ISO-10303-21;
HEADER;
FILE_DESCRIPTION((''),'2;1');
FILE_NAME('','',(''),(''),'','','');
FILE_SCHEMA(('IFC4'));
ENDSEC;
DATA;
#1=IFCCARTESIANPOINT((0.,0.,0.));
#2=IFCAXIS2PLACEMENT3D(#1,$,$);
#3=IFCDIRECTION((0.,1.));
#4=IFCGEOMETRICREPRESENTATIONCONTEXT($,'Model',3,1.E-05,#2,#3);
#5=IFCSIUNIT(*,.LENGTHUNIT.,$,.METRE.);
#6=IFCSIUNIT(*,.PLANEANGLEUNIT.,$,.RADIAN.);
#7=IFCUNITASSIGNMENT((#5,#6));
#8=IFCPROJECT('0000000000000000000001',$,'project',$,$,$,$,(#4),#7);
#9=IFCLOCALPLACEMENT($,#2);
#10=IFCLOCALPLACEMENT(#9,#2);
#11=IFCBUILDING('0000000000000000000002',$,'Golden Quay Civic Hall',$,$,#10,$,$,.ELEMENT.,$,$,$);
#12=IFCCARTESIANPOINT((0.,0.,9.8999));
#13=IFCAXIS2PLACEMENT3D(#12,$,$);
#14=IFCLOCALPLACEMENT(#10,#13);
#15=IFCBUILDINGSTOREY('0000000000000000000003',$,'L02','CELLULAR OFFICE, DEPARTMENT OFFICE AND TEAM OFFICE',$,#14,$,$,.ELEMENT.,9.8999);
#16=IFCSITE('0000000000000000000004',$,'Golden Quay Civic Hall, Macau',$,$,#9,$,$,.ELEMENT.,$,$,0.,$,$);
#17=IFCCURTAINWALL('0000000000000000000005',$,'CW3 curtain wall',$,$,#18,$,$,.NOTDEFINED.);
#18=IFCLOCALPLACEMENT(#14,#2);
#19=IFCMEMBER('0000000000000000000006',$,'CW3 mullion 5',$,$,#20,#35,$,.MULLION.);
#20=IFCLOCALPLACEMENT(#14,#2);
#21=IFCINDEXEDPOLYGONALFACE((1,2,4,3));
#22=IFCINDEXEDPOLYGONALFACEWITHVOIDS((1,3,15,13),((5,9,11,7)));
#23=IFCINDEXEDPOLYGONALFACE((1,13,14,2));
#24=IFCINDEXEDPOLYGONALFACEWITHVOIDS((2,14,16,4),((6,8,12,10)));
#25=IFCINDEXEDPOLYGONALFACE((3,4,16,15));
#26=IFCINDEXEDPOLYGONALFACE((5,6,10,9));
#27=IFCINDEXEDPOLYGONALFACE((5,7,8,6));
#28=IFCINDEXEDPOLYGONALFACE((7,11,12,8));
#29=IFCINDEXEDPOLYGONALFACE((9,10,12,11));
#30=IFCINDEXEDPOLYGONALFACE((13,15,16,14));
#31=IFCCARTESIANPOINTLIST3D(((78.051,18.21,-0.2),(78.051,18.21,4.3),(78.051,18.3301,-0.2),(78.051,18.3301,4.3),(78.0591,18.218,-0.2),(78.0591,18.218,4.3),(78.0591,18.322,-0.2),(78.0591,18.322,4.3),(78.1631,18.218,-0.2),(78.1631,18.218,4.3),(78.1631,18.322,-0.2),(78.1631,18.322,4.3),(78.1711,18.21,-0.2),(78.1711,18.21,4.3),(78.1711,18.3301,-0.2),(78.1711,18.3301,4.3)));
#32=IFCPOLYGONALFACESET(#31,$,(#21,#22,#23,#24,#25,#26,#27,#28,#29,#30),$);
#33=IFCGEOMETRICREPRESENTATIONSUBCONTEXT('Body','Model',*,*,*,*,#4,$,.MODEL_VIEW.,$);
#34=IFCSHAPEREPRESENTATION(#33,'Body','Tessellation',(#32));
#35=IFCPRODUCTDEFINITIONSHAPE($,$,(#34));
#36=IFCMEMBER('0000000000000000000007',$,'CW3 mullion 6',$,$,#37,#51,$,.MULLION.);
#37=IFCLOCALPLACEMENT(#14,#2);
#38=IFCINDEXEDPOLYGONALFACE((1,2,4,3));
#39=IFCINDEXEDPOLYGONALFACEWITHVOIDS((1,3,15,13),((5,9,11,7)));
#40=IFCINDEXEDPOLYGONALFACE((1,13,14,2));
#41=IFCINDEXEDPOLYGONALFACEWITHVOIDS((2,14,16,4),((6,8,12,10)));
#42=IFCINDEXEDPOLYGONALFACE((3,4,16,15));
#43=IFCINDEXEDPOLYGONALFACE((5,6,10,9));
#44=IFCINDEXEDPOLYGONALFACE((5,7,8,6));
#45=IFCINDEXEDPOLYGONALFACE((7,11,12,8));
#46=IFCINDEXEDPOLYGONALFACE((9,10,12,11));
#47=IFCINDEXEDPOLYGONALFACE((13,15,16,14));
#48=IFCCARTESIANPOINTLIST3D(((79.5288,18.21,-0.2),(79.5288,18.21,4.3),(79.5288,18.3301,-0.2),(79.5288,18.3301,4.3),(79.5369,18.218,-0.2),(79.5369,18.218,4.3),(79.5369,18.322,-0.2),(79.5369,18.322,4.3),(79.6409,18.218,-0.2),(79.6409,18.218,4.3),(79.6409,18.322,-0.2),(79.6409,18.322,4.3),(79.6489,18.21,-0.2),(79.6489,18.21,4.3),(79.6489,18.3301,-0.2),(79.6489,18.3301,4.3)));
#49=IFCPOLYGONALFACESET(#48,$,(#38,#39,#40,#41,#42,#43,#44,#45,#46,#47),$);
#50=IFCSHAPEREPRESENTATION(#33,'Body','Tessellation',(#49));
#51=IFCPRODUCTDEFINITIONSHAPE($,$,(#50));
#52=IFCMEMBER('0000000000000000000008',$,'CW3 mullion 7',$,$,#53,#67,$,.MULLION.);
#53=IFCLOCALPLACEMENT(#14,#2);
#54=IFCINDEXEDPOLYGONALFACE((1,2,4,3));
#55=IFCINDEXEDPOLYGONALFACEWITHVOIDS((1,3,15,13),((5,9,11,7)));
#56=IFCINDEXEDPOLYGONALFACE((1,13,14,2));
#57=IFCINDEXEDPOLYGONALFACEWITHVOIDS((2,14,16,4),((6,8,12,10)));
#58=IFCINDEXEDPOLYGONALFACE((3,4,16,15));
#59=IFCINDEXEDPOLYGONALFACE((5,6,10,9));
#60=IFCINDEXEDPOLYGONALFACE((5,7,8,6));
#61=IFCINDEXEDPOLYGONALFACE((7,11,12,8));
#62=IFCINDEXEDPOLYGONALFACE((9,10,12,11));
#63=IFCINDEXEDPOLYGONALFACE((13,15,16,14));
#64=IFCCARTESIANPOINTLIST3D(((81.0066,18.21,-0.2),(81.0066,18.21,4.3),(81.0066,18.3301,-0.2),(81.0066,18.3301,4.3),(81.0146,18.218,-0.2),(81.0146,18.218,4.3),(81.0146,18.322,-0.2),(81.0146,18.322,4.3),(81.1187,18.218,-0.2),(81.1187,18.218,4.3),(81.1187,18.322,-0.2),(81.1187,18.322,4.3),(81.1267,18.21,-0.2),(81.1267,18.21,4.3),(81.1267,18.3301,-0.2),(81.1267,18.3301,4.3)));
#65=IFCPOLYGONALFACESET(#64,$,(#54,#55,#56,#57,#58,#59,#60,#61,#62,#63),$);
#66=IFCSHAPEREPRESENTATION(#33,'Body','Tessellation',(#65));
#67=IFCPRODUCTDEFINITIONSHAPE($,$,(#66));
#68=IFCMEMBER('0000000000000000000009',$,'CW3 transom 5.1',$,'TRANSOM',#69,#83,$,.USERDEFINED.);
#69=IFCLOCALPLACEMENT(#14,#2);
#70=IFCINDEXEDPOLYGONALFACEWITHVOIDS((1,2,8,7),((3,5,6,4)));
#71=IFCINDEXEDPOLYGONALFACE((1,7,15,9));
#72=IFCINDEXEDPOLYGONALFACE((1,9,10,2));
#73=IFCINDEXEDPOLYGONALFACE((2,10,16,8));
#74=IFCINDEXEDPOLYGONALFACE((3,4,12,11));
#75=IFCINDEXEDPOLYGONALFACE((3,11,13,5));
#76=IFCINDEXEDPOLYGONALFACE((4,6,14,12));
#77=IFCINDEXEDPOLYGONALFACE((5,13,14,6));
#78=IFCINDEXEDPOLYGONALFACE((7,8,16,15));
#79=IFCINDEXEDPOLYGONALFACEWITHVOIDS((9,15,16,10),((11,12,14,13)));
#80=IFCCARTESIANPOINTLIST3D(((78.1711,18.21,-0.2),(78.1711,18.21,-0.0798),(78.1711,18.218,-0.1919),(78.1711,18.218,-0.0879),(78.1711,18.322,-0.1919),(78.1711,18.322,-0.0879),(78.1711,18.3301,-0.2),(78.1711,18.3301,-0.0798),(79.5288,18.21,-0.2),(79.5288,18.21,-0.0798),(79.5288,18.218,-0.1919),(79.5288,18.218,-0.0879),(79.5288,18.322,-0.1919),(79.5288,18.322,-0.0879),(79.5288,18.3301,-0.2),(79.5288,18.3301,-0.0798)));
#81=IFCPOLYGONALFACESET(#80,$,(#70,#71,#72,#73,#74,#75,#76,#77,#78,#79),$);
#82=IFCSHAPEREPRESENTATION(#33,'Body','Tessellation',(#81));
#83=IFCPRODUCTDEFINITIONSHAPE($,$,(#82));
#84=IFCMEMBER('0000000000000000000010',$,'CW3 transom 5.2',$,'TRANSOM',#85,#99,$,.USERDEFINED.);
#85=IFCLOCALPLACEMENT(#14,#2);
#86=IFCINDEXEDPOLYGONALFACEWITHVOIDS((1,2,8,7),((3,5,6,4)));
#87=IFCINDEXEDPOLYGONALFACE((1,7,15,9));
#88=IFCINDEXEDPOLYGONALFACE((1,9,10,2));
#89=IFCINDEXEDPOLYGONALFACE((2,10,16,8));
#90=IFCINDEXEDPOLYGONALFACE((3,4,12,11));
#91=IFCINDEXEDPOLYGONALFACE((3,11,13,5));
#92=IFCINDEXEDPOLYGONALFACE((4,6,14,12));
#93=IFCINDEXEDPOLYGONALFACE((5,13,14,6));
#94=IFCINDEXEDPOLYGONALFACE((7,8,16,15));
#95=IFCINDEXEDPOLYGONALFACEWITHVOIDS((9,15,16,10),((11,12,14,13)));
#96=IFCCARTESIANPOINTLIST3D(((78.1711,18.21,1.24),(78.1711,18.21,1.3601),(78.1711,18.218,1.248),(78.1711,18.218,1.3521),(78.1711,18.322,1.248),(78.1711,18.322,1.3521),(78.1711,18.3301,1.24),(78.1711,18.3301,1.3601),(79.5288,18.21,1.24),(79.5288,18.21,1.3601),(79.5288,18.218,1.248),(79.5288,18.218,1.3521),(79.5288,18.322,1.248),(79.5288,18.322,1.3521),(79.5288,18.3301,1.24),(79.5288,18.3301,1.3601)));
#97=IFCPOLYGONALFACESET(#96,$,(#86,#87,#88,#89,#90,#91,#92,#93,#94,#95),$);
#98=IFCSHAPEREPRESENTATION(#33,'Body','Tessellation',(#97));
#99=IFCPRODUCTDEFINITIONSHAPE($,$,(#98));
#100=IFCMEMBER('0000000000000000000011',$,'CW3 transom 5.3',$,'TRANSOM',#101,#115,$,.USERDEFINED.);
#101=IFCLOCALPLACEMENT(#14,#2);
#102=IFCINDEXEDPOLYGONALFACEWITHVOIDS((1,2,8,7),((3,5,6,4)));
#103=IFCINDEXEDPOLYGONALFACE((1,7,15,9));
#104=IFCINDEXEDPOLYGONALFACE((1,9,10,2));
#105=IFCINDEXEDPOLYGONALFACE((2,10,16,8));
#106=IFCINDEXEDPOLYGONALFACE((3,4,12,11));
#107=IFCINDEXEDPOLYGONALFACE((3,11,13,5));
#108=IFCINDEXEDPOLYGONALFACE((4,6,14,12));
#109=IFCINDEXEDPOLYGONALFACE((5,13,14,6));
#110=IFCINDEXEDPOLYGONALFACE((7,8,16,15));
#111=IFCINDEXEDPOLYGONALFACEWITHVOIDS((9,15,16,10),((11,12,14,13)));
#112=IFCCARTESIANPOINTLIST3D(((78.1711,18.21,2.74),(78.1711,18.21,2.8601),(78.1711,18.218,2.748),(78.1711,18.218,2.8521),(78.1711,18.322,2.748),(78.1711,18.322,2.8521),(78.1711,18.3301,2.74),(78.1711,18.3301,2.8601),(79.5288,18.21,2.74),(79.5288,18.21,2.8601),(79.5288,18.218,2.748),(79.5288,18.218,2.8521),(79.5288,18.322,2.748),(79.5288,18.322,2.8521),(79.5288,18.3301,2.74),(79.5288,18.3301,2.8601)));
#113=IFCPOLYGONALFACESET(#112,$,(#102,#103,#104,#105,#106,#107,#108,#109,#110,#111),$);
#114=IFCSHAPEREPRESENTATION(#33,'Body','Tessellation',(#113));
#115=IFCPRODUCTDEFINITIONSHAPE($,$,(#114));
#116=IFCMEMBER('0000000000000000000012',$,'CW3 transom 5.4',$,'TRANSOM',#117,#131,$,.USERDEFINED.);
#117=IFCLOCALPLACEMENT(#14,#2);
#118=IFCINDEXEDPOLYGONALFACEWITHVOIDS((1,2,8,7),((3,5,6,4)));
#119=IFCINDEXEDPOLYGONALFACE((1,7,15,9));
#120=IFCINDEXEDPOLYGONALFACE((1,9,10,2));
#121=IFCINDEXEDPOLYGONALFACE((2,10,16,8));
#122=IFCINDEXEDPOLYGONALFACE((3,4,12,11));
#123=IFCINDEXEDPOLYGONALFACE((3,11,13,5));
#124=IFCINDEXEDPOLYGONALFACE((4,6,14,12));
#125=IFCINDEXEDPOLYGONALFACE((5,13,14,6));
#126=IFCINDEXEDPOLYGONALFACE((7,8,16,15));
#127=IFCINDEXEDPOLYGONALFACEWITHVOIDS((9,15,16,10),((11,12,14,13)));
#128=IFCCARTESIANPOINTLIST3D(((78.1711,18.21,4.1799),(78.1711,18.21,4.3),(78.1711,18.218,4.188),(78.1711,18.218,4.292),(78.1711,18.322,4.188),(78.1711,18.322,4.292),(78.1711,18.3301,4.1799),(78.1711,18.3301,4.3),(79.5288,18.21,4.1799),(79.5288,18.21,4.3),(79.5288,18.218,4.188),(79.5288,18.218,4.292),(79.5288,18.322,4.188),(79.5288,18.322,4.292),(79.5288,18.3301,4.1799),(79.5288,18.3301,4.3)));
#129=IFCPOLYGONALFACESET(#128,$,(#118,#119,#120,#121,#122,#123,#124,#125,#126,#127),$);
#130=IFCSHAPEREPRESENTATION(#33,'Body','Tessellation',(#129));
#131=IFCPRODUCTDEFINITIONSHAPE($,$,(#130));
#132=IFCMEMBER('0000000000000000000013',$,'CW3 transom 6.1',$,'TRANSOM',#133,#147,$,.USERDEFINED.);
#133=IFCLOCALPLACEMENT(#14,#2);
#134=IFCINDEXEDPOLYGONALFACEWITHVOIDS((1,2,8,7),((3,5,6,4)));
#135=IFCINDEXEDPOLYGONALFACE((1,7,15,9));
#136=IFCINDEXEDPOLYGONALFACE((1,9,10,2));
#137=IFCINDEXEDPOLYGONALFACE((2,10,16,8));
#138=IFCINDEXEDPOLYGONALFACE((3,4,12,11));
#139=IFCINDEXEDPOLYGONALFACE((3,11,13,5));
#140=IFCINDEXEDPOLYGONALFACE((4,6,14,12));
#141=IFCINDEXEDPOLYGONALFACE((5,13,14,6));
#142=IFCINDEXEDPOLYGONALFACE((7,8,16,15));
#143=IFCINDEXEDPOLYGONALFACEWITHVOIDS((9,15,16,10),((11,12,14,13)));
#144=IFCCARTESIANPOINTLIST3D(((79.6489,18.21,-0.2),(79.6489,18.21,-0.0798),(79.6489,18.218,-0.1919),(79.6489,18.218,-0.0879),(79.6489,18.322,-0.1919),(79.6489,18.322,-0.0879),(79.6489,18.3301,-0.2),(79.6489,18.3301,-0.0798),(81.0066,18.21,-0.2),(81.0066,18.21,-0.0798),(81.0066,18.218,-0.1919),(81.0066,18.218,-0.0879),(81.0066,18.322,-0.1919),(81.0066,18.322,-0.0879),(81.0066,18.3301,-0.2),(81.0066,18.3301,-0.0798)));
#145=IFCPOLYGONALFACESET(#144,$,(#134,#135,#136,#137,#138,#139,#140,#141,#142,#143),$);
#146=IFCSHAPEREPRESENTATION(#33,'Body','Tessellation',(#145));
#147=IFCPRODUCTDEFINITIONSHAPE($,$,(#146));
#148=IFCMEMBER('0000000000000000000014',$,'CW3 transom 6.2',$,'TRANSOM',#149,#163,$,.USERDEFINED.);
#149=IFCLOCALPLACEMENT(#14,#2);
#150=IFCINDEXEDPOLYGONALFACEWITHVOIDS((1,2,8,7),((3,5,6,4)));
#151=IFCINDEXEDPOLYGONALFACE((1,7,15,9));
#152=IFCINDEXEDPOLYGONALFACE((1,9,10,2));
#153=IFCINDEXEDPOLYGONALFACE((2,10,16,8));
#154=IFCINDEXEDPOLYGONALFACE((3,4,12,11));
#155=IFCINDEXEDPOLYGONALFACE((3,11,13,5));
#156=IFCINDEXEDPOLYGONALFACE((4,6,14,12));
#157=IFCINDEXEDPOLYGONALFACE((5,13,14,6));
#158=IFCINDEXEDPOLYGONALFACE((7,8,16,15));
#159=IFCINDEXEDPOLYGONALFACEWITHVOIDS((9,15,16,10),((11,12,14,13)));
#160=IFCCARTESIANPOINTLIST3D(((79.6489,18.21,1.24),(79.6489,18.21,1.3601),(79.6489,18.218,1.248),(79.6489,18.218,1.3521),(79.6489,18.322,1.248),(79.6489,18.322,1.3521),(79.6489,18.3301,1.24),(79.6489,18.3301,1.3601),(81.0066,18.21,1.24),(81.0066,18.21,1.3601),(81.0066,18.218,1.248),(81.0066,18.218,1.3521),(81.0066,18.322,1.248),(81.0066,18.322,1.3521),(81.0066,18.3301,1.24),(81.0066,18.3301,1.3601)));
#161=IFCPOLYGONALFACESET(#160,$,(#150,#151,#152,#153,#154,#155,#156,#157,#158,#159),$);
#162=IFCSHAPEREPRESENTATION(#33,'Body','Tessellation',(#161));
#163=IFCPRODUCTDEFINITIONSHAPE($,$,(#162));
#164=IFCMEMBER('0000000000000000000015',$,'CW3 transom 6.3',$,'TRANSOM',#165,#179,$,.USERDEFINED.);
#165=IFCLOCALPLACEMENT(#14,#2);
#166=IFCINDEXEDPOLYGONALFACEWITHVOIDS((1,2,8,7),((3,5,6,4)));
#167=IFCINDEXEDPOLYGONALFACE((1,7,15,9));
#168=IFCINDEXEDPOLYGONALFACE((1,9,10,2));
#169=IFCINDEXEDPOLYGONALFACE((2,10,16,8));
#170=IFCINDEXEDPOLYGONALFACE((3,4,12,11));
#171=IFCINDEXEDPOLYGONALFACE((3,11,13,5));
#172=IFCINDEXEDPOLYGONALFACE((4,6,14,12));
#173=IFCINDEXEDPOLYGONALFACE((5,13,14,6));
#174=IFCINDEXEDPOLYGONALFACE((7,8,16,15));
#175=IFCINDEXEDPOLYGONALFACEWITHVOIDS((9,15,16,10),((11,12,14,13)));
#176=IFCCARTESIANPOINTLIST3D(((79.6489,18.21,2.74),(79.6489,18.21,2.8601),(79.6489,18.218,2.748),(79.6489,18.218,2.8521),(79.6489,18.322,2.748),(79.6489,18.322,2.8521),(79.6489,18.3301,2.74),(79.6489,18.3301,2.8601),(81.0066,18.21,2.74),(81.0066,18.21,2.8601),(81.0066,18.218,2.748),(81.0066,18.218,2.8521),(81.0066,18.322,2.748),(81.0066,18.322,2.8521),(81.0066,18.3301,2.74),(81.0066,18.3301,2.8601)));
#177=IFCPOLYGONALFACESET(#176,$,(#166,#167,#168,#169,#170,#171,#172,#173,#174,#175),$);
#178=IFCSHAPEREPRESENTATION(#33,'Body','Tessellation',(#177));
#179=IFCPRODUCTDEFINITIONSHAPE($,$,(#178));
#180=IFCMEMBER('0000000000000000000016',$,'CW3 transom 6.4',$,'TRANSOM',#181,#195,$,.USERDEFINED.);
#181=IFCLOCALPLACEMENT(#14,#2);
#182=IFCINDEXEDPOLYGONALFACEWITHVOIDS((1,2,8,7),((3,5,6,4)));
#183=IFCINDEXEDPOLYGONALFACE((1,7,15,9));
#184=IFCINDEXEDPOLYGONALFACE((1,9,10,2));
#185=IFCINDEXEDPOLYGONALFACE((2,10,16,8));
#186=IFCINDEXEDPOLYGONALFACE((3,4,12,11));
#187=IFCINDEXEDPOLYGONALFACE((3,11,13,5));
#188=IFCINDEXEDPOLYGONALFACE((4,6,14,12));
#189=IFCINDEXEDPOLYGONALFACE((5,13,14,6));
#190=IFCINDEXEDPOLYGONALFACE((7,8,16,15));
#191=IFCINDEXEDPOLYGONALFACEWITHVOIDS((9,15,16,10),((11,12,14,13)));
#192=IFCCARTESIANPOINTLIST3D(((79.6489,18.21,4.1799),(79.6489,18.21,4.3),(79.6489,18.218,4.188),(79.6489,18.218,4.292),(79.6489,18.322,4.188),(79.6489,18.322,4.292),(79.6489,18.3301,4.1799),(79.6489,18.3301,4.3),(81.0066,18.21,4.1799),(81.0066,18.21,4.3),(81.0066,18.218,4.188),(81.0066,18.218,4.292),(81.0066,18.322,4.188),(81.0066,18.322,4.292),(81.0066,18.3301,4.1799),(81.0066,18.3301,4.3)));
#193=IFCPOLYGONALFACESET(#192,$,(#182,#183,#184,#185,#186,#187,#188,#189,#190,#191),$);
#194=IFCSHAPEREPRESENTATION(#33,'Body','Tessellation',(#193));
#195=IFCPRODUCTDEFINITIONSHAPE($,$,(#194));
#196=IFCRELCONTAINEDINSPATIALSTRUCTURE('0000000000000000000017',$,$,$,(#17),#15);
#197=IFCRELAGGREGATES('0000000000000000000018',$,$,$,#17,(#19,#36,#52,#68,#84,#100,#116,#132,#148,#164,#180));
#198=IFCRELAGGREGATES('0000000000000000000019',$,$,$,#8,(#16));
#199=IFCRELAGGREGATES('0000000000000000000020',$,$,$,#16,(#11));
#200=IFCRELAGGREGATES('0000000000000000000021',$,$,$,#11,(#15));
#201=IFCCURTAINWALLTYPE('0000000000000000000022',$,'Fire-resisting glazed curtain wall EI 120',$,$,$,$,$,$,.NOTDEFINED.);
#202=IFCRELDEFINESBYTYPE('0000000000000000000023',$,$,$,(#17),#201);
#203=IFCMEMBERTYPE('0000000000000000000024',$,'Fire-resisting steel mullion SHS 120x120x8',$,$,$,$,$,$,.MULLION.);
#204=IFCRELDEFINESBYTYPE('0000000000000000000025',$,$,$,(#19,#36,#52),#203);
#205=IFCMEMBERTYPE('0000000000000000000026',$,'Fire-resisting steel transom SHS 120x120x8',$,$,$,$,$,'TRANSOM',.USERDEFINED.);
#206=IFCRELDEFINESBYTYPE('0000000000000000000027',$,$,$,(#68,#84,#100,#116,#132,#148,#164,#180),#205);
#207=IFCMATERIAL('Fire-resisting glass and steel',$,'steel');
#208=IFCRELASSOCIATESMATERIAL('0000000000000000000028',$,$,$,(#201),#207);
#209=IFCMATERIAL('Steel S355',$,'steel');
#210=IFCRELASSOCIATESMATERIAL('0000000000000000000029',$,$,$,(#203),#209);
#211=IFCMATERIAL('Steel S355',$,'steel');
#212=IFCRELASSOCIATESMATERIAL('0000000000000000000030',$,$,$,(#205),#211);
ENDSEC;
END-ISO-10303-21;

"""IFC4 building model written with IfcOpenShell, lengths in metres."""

from ifc_helpers import new_model, si_unit, direction, frame, origin, origin_2d, place, context, subcontext, project, spatial, hollow_rectangle, extrude, material, material_profile, profile_set, type_object, element, aggregate, save


model = new_model("IFC4")

# Units and contexts
model_context = context("Model", 3, precision=1e-05, world=origin(), true_north=direction((0.0, 1.0)))
body_context = subcontext(model_context, "Body", "Model", "MODEL_VIEW")
ifc_project = project(units=[si_unit("LENGTHUNIT", "METRE"), si_unit("PLANEANGLEUNIT", "RADIAN")], contexts=[model_context])

# Site, building, storey
site_placement = place(None, origin())
site = spatial("IfcSite", under=ifc_project, at=site_placement, Name="Golden Quay Civic Hall, Macau", CompositionType="ELEMENT", RefElevation=0.0)
building_placement = place(site_placement, origin())
building = spatial("IfcBuilding", under=site, at=building_placement, Name="Golden Quay Civic Hall", CompositionType="ELEMENT")
storey_placement = place(building_placement, frame((0.0, 0.0, 9.8999)))
storey = spatial("IfcBuildingStorey", under=building, at=storey_placement, Name="L02", Description="CELLULAR OFFICE, DEPARTMENT OFFICE AND TEAM OFFICE", CompositionType="ELEMENT", Elevation=9.8999)

# Curtain wall, members
ifc_material_1 = material(Name="Fire-resisting glass and steel", Category="steel")
curtain_wall_type = type_object("IfcCurtainWallType", Name="Fire-resisting glazed curtain wall EI 120", PredefinedType="NOTDEFINED", material=ifc_material_1)
curtain_wall_placement = place(storey_placement, origin())
curtain_wall = element("IfcCurtainWall", 1, at=curtain_wall_placement, inside=storey, type_object=curtain_wall_type, Name="CW3 curtain wall", PredefinedType="NOTDEFINED")
ifc_material_2 = material(Name="Steel S355", Category="steel")
ifc_material_profile_1 = material_profile(ifc_material_2, hollow_rectangle(XDim=0.1201, YDim=0.1201, WallThickness=0.0081, at=origin_2d()), Name="SHS 120x120x8")
ifc_profile_set_1 = profile_set([ifc_material_profile_1], Name="Steel S355")
member_type_1 = type_object("IfcMemberType", Name="Fire-resisting steel mullion SHS 120x120x8", PredefinedType="MULLION", material=ifc_profile_set_1)
member_1_placement = place(storey_placement, frame((78.1111, 18.27, -0.2), z_axis=(0.0, 0.0, 1.0), x_axis=(0.0, 1.0, 0.0)))
member_1 = element("IfcMember", 2, at=member_1_placement, type_object=member_type_1, Name="CW3 mullion 5", PredefinedType="MULLION", context=body_context, shape_type="SweptSolid", body=[
    extrude(hollow_rectangle(XDim=0.1201, YDim=0.1201, WallThickness=0.0081, at=origin_2d()), origin(), (0.0, 0.0, 1.0), 4.5),
])
member_2_placement = place(storey_placement, frame((79.5889, 18.27, -0.2), z_axis=(0.0, 0.0, 1.0), x_axis=(0.0, 1.0, 0.0)))
member_2 = element("IfcMember", 3, at=member_2_placement, type_object=member_type_1, Name="CW3 mullion 6", PredefinedType="MULLION", context=body_context, shape_type="SweptSolid", body=[
    extrude(hollow_rectangle(XDim=0.1201, YDim=0.1201, WallThickness=0.0081, at=origin_2d()), origin(), (0.0, 0.0, 1.0), 4.5),
])
member_3_placement = place(storey_placement, frame((81.0667, 18.27, -0.2), z_axis=(0.0, 0.0, 1.0), x_axis=(0.0, 1.0, 0.0)))
member_3 = element("IfcMember", 4, at=member_3_placement, type_object=member_type_1, Name="CW3 mullion 7", PredefinedType="MULLION", context=body_context, shape_type="SweptSolid", body=[
    extrude(hollow_rectangle(XDim=0.1201, YDim=0.1201, WallThickness=0.0081, at=origin_2d()), origin(), (0.0, 0.0, 1.0), 4.5),
])
ifc_material_3 = material(Name="Steel S355", Category="steel")
ifc_material_profile_2 = material_profile(ifc_material_3, hollow_rectangle(XDim=0.1201, YDim=0.1201, WallThickness=0.0081, at=origin_2d()), Name="SHS 120x120x8")
ifc_profile_set_2 = profile_set([ifc_material_profile_2], Name="Steel S355")
member_type_2 = type_object("IfcMemberType", Name="Fire-resisting steel transom SHS 120x120x8", ElementType="TRANSOM", PredefinedType="USERDEFINED", material=ifc_profile_set_2)
member_4_placement = place(storey_placement, frame((78.1711, 18.27, -0.1399), z_axis=(1.0, 0.0, 0.0), x_axis=(0.0, 1.0, 0.0)))
member_4 = element("IfcMember", 5, at=member_4_placement, type_object=member_type_2, Name="CW3 transom 5.1", ObjectType="TRANSOM", PredefinedType="USERDEFINED", context=body_context, shape_type="SweptSolid", body=[
    extrude(hollow_rectangle(XDim=0.1201, YDim=0.1201, WallThickness=0.0081, at=origin_2d()), origin(), (0.0, 0.0, 1.0), 1.3577),
])
member_5_placement = place(storey_placement, frame((78.1711, 18.27, 1.3), z_axis=(1.0, 0.0, 0.0), x_axis=(0.0, 1.0, 0.0)))
member_5 = element("IfcMember", 6, at=member_5_placement, type_object=member_type_2, Name="CW3 transom 5.2", ObjectType="TRANSOM", PredefinedType="USERDEFINED", context=body_context, shape_type="SweptSolid", body=[
    extrude(hollow_rectangle(XDim=0.1201, YDim=0.1201, WallThickness=0.0081, at=origin_2d()), origin(), (0.0, 0.0, 1.0), 1.3577),
])
member_6_placement = place(storey_placement, frame((78.1711, 18.27, 2.8), z_axis=(1.0, 0.0, 0.0), x_axis=(0.0, 1.0, 0.0)))
member_6 = element("IfcMember", 7, at=member_6_placement, type_object=member_type_2, Name="CW3 transom 5.3", ObjectType="TRANSOM", PredefinedType="USERDEFINED", context=body_context, shape_type="SweptSolid", body=[
    extrude(hollow_rectangle(XDim=0.1201, YDim=0.1201, WallThickness=0.0081, at=origin_2d()), origin(), (0.0, 0.0, 1.0), 1.3577),
])
member_7_placement = place(storey_placement, frame((78.1711, 18.27, 4.24), z_axis=(1.0, 0.0, 0.0), x_axis=(0.0, 1.0, 0.0)))
member_7 = element("IfcMember", 8, at=member_7_placement, type_object=member_type_2, Name="CW3 transom 5.4", ObjectType="TRANSOM", PredefinedType="USERDEFINED", context=body_context, shape_type="SweptSolid", body=[
    extrude(hollow_rectangle(XDim=0.1201, YDim=0.1201, WallThickness=0.0081, at=origin_2d()), origin(), (0.0, 0.0, 1.0), 1.3577),
])
member_8_placement = place(storey_placement, frame((79.6489, 18.27, -0.1399), z_axis=(1.0, 0.0, 0.0), x_axis=(0.0, 1.0, 0.0)))
member_8 = element("IfcMember", 9, at=member_8_placement, type_object=member_type_2, Name="CW3 transom 6.1", ObjectType="TRANSOM", PredefinedType="USERDEFINED", context=body_context, shape_type="SweptSolid", body=[
    extrude(hollow_rectangle(XDim=0.1201, YDim=0.1201, WallThickness=0.0081, at=origin_2d()), origin(), (0.0, 0.0, 1.0), 1.3577),
])
member_9_placement = place(storey_placement, frame((79.6489, 18.27, 1.3), z_axis=(1.0, 0.0, 0.0), x_axis=(0.0, 1.0, 0.0)))
member_9 = element("IfcMember", 10, at=member_9_placement, type_object=member_type_2, Name="CW3 transom 6.2", ObjectType="TRANSOM", PredefinedType="USERDEFINED", context=body_context, shape_type="SweptSolid", body=[
    extrude(hollow_rectangle(XDim=0.1201, YDim=0.1201, WallThickness=0.0081, at=origin_2d()), origin(), (0.0, 0.0, 1.0), 1.3577),
])
member_10_placement = place(storey_placement, frame((79.6489, 18.27, 2.8), z_axis=(1.0, 0.0, 0.0), x_axis=(0.0, 1.0, 0.0)))
member_10 = element("IfcMember", 11, at=member_10_placement, type_object=member_type_2, Name="CW3 transom 6.3", ObjectType="TRANSOM", PredefinedType="USERDEFINED", context=body_context, shape_type="SweptSolid", body=[
    extrude(hollow_rectangle(XDim=0.1201, YDim=0.1201, WallThickness=0.0081, at=origin_2d()), origin(), (0.0, 0.0, 1.0), 1.3577),
])
member_11_placement = place(storey_placement, frame((79.6489, 18.27, 4.24), z_axis=(1.0, 0.0, 0.0), x_axis=(0.0, 1.0, 0.0)))
member_11 = element("IfcMember", 12, at=member_11_placement, type_object=member_type_2, Name="CW3 transom 6.4", ObjectType="TRANSOM", PredefinedType="USERDEFINED", context=body_context, shape_type="SweptSolid", body=[
    extrude(hollow_rectangle(XDim=0.1201, YDim=0.1201, WallThickness=0.0081, at=origin_2d()), origin(), (0.0, 0.0, 1.0), 1.3577),
])
aggregate(curtain_wall, [member_1, member_2, member_3, member_4, member_5, member_6, member_7, member_8, member_9, member_10, member_11])

save(model, "model.ifc")
